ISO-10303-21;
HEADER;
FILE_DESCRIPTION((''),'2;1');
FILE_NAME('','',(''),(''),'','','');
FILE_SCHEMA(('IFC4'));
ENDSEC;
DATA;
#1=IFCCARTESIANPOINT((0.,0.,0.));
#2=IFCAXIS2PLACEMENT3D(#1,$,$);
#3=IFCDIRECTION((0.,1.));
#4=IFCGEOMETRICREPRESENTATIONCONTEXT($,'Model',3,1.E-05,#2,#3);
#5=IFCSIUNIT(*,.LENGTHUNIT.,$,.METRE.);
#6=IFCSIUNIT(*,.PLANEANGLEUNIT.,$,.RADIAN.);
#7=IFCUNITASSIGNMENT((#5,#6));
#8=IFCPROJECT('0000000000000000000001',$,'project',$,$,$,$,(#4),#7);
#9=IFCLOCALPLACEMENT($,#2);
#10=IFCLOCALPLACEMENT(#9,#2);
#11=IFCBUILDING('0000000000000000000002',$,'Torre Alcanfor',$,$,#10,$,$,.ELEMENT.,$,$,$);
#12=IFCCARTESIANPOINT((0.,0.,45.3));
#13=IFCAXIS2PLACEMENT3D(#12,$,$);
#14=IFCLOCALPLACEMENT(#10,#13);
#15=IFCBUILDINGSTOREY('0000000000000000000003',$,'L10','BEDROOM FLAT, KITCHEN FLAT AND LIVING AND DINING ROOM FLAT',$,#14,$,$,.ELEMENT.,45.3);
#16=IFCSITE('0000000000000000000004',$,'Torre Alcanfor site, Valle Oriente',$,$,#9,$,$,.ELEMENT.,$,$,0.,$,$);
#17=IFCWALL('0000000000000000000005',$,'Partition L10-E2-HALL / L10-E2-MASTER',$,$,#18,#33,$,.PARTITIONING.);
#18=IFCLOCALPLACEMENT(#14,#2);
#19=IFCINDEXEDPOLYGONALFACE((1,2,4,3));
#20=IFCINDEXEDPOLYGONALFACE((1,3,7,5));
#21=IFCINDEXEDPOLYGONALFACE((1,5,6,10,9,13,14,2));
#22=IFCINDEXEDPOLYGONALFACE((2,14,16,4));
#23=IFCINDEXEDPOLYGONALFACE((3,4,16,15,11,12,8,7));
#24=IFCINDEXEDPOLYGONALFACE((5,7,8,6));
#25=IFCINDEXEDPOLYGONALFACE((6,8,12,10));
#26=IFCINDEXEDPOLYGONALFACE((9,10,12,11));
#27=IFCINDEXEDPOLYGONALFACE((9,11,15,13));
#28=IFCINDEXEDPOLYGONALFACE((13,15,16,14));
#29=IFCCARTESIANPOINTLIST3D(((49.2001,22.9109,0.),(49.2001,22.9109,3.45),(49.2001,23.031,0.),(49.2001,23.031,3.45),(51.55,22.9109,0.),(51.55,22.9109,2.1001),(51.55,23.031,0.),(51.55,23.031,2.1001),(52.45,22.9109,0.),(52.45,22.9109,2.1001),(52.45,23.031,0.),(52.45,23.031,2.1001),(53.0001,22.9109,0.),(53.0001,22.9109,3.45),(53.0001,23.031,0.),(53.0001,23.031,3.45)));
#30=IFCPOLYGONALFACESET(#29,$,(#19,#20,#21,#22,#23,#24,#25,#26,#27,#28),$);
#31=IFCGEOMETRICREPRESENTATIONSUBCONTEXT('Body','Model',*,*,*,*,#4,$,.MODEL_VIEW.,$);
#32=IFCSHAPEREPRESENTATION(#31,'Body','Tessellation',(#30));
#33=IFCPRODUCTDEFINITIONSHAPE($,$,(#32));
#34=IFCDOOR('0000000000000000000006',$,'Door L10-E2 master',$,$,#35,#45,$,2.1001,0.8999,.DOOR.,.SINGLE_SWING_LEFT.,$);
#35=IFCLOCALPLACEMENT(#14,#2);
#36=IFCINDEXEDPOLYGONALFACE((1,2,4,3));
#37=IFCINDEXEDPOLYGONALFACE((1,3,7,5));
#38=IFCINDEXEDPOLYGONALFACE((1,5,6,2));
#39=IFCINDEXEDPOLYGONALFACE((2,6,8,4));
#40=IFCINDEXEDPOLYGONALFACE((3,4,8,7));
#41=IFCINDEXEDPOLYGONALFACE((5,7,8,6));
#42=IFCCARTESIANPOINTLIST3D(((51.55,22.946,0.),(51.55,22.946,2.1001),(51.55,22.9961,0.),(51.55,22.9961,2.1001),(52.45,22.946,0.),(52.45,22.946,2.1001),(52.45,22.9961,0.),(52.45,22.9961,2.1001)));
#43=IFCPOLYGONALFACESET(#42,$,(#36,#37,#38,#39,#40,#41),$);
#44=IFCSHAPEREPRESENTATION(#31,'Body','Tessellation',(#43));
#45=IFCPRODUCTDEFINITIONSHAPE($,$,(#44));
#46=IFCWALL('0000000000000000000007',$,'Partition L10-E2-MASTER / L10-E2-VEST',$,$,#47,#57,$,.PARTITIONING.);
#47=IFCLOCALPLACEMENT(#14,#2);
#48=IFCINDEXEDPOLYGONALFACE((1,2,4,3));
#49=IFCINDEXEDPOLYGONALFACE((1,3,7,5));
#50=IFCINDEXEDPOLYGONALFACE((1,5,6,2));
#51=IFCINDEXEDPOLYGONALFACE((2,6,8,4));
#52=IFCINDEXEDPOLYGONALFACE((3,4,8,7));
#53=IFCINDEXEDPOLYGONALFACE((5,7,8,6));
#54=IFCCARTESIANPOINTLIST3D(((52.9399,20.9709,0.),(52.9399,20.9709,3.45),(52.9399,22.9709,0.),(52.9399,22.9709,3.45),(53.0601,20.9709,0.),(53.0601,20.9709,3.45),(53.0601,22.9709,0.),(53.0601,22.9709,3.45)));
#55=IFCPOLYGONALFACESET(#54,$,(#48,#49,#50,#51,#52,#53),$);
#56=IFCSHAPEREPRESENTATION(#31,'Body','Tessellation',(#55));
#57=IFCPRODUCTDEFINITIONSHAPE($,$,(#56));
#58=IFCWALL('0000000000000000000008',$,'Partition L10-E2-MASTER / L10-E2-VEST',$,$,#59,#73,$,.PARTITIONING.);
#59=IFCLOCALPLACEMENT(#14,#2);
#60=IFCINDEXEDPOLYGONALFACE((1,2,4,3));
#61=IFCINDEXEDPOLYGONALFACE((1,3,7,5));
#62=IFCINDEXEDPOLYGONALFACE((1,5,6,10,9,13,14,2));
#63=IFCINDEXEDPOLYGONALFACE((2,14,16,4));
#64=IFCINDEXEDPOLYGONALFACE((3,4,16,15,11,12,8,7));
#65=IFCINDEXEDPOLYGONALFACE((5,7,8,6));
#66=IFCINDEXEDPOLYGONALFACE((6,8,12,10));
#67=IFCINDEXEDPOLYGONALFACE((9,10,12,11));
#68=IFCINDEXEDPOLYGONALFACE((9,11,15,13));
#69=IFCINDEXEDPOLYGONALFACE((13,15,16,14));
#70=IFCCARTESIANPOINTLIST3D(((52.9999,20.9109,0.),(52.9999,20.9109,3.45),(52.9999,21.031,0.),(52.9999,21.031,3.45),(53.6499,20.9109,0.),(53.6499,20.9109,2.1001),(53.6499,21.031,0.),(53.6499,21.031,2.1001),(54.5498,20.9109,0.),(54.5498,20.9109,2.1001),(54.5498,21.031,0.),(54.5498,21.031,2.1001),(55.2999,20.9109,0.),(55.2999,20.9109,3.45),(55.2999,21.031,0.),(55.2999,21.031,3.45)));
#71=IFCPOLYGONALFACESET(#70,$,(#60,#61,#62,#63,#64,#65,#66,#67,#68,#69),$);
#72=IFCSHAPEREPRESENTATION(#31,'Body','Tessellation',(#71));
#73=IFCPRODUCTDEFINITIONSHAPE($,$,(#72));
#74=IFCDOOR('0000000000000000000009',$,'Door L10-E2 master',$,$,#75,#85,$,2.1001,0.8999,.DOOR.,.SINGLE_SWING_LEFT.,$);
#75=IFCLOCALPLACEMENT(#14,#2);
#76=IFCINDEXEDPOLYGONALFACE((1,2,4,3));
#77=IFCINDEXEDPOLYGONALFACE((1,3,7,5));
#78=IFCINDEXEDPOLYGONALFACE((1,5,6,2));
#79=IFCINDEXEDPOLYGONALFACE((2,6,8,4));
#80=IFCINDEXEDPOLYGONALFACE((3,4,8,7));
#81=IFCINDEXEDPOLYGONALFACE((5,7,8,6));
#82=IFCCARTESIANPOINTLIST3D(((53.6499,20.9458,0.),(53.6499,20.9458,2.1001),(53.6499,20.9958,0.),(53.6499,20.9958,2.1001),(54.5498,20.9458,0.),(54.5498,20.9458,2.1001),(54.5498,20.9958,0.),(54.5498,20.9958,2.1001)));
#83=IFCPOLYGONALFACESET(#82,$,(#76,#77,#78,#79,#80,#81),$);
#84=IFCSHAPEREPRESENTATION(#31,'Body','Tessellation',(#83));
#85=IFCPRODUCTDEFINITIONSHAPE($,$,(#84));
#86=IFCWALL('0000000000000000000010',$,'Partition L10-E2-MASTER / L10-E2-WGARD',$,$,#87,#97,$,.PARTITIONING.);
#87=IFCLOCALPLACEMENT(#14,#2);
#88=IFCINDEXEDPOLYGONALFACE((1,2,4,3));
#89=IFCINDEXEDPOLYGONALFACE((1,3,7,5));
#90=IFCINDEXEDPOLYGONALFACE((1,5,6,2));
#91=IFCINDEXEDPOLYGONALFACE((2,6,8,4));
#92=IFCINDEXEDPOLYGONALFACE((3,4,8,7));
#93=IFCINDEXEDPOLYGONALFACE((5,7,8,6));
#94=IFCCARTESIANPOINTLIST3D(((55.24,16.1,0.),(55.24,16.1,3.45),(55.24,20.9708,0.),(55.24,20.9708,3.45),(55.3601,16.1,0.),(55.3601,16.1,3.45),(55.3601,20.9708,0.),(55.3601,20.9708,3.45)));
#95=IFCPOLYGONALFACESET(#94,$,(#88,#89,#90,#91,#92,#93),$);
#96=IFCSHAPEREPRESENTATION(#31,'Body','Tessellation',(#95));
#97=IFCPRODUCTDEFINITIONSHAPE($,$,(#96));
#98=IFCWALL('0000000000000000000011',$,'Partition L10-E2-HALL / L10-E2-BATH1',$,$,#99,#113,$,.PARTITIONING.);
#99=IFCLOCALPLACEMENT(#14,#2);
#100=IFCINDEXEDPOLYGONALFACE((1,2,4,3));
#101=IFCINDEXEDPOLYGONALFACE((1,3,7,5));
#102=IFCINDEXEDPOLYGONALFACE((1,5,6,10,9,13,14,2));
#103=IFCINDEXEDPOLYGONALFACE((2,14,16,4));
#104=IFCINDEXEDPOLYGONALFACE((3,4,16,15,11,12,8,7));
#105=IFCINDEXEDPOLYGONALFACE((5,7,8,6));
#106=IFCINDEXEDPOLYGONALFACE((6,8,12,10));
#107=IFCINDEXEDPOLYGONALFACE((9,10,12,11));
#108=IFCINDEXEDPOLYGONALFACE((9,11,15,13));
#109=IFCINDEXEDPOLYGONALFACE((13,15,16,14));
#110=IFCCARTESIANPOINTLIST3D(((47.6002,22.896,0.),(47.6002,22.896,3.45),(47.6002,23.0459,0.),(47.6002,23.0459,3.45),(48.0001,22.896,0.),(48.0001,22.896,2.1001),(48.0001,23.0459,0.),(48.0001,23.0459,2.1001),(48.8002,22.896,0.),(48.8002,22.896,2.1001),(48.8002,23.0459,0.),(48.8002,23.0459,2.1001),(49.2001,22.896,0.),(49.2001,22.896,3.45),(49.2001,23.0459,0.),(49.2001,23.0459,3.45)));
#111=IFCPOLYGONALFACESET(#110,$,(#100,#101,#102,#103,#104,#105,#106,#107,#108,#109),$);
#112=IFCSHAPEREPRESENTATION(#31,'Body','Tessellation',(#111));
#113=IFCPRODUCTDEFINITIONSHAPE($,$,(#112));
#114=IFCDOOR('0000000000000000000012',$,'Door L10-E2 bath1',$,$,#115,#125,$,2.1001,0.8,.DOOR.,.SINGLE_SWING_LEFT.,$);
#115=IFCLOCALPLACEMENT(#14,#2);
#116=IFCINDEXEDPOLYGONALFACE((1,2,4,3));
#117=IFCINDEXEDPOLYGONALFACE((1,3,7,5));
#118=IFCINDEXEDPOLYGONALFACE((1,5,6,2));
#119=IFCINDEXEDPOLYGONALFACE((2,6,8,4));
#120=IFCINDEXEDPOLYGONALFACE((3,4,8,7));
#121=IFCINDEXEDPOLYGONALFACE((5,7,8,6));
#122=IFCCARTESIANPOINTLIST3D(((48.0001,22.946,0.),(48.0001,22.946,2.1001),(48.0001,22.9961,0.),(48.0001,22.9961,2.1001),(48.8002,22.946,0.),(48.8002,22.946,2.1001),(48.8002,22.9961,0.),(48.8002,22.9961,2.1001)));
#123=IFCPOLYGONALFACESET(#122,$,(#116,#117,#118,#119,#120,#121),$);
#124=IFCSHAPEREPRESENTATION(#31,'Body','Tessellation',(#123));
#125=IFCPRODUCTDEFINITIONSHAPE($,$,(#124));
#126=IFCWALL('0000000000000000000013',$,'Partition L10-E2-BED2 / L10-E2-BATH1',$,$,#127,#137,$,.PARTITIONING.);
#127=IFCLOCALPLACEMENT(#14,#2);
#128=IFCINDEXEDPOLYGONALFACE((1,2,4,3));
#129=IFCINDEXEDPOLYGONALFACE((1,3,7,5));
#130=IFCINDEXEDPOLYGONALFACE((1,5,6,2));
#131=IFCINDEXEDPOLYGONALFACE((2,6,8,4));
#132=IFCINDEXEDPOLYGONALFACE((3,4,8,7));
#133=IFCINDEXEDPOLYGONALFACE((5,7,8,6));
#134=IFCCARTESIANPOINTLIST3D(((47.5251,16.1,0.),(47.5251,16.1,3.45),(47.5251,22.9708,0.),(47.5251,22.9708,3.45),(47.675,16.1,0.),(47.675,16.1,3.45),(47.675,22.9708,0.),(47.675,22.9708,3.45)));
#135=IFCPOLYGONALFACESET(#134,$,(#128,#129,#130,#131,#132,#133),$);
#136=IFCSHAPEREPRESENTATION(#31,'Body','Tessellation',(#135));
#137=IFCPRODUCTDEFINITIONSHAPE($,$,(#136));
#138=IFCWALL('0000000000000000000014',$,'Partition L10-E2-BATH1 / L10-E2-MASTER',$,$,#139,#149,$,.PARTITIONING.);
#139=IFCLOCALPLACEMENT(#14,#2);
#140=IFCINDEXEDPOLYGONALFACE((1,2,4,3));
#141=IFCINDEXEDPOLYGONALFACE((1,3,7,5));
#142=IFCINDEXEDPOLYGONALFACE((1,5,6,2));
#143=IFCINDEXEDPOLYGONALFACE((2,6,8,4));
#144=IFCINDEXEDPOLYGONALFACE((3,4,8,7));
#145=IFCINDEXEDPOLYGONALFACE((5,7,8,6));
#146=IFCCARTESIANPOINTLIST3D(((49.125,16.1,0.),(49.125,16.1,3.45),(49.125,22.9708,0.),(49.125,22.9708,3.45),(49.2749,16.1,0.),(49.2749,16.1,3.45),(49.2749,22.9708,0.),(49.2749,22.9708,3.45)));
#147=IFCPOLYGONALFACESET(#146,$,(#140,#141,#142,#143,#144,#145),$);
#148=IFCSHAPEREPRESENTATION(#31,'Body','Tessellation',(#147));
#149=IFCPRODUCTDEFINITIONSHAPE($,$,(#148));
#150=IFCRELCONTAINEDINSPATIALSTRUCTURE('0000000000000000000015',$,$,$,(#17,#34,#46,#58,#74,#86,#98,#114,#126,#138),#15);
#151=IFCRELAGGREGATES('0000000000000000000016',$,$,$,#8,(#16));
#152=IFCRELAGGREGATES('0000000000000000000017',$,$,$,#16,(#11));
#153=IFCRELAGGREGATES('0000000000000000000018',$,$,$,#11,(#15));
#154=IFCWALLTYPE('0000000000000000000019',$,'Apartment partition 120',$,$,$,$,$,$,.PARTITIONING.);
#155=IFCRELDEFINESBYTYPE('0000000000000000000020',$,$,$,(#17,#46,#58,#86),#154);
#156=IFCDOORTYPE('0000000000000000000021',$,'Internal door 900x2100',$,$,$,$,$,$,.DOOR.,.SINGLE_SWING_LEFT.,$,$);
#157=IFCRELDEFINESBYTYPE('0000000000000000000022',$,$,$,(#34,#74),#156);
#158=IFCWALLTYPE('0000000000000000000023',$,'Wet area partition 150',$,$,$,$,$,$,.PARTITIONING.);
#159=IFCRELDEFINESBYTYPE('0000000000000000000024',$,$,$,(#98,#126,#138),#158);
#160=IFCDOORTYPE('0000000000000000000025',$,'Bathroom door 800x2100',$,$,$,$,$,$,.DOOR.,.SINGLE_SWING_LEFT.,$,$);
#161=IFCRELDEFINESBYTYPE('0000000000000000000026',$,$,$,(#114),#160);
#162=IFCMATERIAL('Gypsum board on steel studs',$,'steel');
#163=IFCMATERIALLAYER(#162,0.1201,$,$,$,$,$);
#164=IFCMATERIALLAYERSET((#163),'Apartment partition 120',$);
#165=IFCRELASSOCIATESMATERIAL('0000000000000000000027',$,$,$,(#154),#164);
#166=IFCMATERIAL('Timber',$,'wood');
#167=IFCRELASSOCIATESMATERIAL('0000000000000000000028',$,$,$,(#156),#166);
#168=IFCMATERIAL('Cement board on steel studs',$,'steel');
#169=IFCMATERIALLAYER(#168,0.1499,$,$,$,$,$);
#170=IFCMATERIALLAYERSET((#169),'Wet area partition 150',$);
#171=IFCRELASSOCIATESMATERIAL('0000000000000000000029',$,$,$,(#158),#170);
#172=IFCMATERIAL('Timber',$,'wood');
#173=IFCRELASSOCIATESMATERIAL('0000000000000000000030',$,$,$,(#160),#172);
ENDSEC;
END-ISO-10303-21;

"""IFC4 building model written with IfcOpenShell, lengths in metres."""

from ifc_helpers import new_model, si_unit, direction, frame, frame_2d, origin, place, context, subcontext, project, spatial, rectangle, extrude, material, layer, layer_set, type_object, element, fill, save


model = new_model("IFC4")

# Units and contexts
model_context = context("Model", 3, precision=1e-05, world=origin(), true_north=direction((0.0, 1.0)))
body_context = subcontext(model_context, "Body", "Model", "MODEL_VIEW")
ifc_project = project(units=[si_unit("LENGTHUNIT", "METRE"), si_unit("PLANEANGLEUNIT", "RADIAN")], contexts=[model_context])

# Site, building, storey
site_placement = place(None, origin())
site = spatial("IfcSite", under=ifc_project, at=site_placement, Name="Torre Alcanfor site, Valle Oriente", CompositionType="ELEMENT", RefElevation=0.0)
building_placement = place(site_placement, origin())
building = spatial("IfcBuilding", under=site, at=building_placement, Name="Torre Alcanfor", CompositionType="ELEMENT")
storey_placement = place(building_placement, frame((0.0, 0.0, 45.3)))
storey = spatial("IfcBuildingStorey", under=building, at=storey_placement, Name="L10", Description="BEDROOM FLAT, KITCHEN FLAT AND LIVING AND DINING ROOM FLAT", CompositionType="ELEMENT", Elevation=45.3)

# Wall, opening, door
ifc_material_1 = material(Name="Gypsum board on steel studs", Category="steel")
ifc_layer_1 = layer(ifc_material_1, 0.1201)
ifc_layer_set_1 = layer_set([ifc_layer_1], Name="Apartment partition 120")
wall_type_1 = type_object("IfcWallType", Name="Apartment partition 120", PredefinedType="PARTITIONING", material=ifc_layer_set_1)
ifc_material_2 = material(Name="Timber", Category="wood")
door_type_1 = type_object("IfcDoorType", Name="Internal door 900x2100", OperationType="SINGLE_SWING_LEFT", PredefinedType="DOOR", material=ifc_material_2)
wall_1_placement = place(storey_placement, frame((53.0, 22.9709, 0.0), z_axis=(0.0, 0.0, 1.0), x_axis=(-1.0, 0.0, 0.0)))
wall_1 = element("IfcWall", 1, at=wall_1_placement, inside=storey, type_object=wall_type_1, Name="Partition L10-E2-HALL / L10-E2-MASTER", PredefinedType="PARTITIONING", context=body_context, shape_type="SweptSolid", body=[
    extrude(rectangle(XDim=3.8, YDim=0.1201, at=frame_2d((1.8999, 0.0))), origin(), (0.0, 0.0, 1.0), 3.45),
])
opening_1_placement = place(wall_1_placement, frame((0.55, 0.0, 0.0)))
opening_1 = element("IfcOpeningElement", 2, at=opening_1_placement, cuts=wall_1, PredefinedType="OPENING", context=body_context, shape_type="SweptSolid", body=[
    extrude(rectangle(XDim=0.8999, YDim=2.1001, at=frame_2d((0.45, 1.05))), frame((0.0, 0.0701, 0.0), z_axis=(0.0, -1.0, 0.0), x_axis=(1.0, 0.0, 0.0)), (0.0, 0.0, 1.0), 0.1401),
])
door_1_placement = place(opening_1_placement, origin())
door_1 = element("IfcDoor", 3, at=door_1_placement, inside=storey, type_object=door_type_1, Name="Door L10-E2 master", OperationType="SINGLE_SWING_LEFT", OverallHeight=2.1001, OverallWidth=0.8999, PredefinedType="DOOR", context=body_context, shape_type="SweptSolid", body=[
    extrude(rectangle(XDim=0.8999, YDim=2.1001, at=frame_2d((0.45, 1.05))), frame((0.0, 0.0249, 0.0), z_axis=(0.0, -1.0, 0.0), x_axis=(1.0, 0.0, 0.0)), (0.0, 0.0, 1.0), 0.05),
])
fill(opening_1, door_1)

# Wall
wall_2_placement = place(storey_placement, frame((53.0, 22.9709, 0.0), z_axis=(0.0, 0.0, 1.0), x_axis=(0.0, -1.0, 0.0)))
element("IfcWall", 4, at=wall_2_placement, inside=storey, type_object=wall_type_1, Name="Partition L10-E2-MASTER / L10-E2-VEST", PredefinedType="PARTITIONING", context=body_context, shape_type="SweptSolid", body=[
    extrude(rectangle(XDim=2.0, YDim=0.1201, at=frame_2d((1.0, 0.0))), origin(), (0.0, 0.0, 1.0), 3.45),
])

# Wall, opening, door
wall_3_placement = place(storey_placement, frame((53.0, 20.9709, 0.0), z_axis=(0.0, 0.0, 1.0), x_axis=(1.0, 0.0, 0.0)))
wall_3 = element("IfcWall", 5, at=wall_3_placement, inside=storey, type_object=wall_type_1, Name="Partition L10-E2-MASTER / L10-E2-VEST", PredefinedType="PARTITIONING", context=body_context, shape_type="SweptSolid", body=[
    extrude(rectangle(XDim=2.3, YDim=0.1201, at=frame_2d((1.1499, 0.0))), origin(), (0.0, 0.0, 1.0), 3.45),
])
opening_2_placement = place(wall_3_placement, frame((0.6499, 0.0, 0.0)))
opening_2 = element("IfcOpeningElement", 6, at=opening_2_placement, cuts=wall_3, PredefinedType="OPENING", context=body_context, shape_type="SweptSolid", body=[
    extrude(rectangle(XDim=0.8999, YDim=2.1001, at=frame_2d((0.45, 1.05))), frame((0.0, 0.0701, 0.0), z_axis=(0.0, -1.0, 0.0), x_axis=(1.0, 0.0, 0.0)), (0.0, 0.0, 1.0), 0.1401),
])
door_2_placement = place(opening_2_placement, origin())
door_2 = element("IfcDoor", 7, at=door_2_placement, inside=storey, type_object=door_type_1, Name="Door L10-E2 master", OperationType="SINGLE_SWING_LEFT", OverallHeight=2.1001, OverallWidth=0.8999, PredefinedType="DOOR", context=body_context, shape_type="SweptSolid", body=[
    extrude(rectangle(XDim=0.8999, YDim=2.1001, at=frame_2d((0.45, 1.05))), frame((0.0, 0.0249, 0.0), z_axis=(0.0, -1.0, 0.0), x_axis=(1.0, 0.0, 0.0)), (0.0, 0.0, 1.0), 0.05),
])
fill(opening_2, door_2)

# Wall
wall_4_placement = place(storey_placement, frame((55.3, 20.9709, 0.0), z_axis=(0.0, 0.0, 1.0), x_axis=(0.0, -1.0, 0.0)))
element("IfcWall", 8, at=wall_4_placement, inside=storey, type_object=wall_type_1, Name="Partition L10-E2-MASTER / L10-E2-WGARD", PredefinedType="PARTITIONING", context=body_context, shape_type="SweptSolid", body=[
    extrude(rectangle(XDim=4.8708, YDim=0.1201, at=frame_2d((2.4355, 0.0))), origin(), (0.0, 0.0, 1.0), 3.45),
])

# Wall, opening, door
ifc_material_3 = material(Name="Cement board on steel studs", Category="steel")
ifc_layer_2 = layer(ifc_material_3, 0.1499)
ifc_layer_set_2 = layer_set([ifc_layer_2], Name="Wet area partition 150")
wall_type_2 = type_object("IfcWallType", Name="Wet area partition 150", PredefinedType="PARTITIONING", material=ifc_layer_set_2)
wall_5_placement = place(storey_placement, frame((49.2, 22.9709, 0.0), z_axis=(0.0, 0.0, 1.0), x_axis=(-1.0, 0.0, 0.0)))
wall_5 = element("IfcWall", 9, at=wall_5_placement, inside=storey, type_object=wall_type_2, Name="Partition L10-E2-HALL / L10-E2-BATH1", PredefinedType="PARTITIONING", context=body_context, shape_type="SweptSolid", body=[
    extrude(rectangle(XDim=1.5999, YDim=0.1499, at=frame_2d((0.7998, 0.0))), origin(), (0.0, 0.0, 1.0), 3.45),
])
opening_3_placement = place(wall_5_placement, frame((0.3999, 0.0, 0.0)))
opening_3 = element("IfcOpeningElement", 10, at=opening_3_placement, cuts=wall_5, PredefinedType="OPENING", context=body_context, shape_type="SweptSolid", body=[
    extrude(rectangle(XDim=0.8, YDim=2.1001, at=frame_2d((0.3999, 1.05))), frame((0.0, 0.085, 0.0), z_axis=(0.0, -1.0, 0.0), x_axis=(1.0, 0.0, 0.0)), (0.0, 0.0, 1.0), 0.1699),
])
ifc_material_4 = material(Name="Timber", Category="wood")
door_type_2 = type_object("IfcDoorType", Name="Bathroom door 800x2100", OperationType="SINGLE_SWING_LEFT", PredefinedType="DOOR", material=ifc_material_4)
door_3_placement = place(opening_3_placement, origin())
door_3 = element("IfcDoor", 11, at=door_3_placement, inside=storey, type_object=door_type_2, Name="Door L10-E2 bath1", OperationType="SINGLE_SWING_LEFT", OverallHeight=2.1001, OverallWidth=0.8, PredefinedType="DOOR", context=body_context, shape_type="SweptSolid", body=[
    extrude(rectangle(XDim=0.8, YDim=2.1001, at=frame_2d((0.3999, 1.05))), frame((0.0, 0.0249, 0.0), z_axis=(0.0, -1.0, 0.0), x_axis=(1.0, 0.0, 0.0)), (0.0, 0.0, 1.0), 0.05),
])
fill(opening_3, door_3)

# Walls
for number, where, z_axis, x_axis, name in (
    (12, (47.6001, 22.9709, 0.0), (0.0, 0.0, 1.0), (0.0, -1.0, 0.0), "Partition L10-E2-BED2 / L10-E2-BATH1"),
    (13, (49.2, 22.9709, 0.0), (0.0, 0.0, 1.0), (0.0, -1.0, 0.0), "Partition L10-E2-BATH1 / L10-E2-MASTER"),
):
    element("IfcWall", number, at=place(storey_placement, frame(where, z_axis=z_axis, x_axis=x_axis)), inside=storey, type_object=wall_type_2, Name=name, PredefinedType="PARTITIONING", context=body_context, shape_type="SweptSolid", body=[
        extrude(rectangle(XDim=6.8708, YDim=0.1499, at=frame_2d((3.4355, 0.0))), origin(), (0.0, 0.0, 1.0), 3.45),
    ])

save(model, "model.ifc")
